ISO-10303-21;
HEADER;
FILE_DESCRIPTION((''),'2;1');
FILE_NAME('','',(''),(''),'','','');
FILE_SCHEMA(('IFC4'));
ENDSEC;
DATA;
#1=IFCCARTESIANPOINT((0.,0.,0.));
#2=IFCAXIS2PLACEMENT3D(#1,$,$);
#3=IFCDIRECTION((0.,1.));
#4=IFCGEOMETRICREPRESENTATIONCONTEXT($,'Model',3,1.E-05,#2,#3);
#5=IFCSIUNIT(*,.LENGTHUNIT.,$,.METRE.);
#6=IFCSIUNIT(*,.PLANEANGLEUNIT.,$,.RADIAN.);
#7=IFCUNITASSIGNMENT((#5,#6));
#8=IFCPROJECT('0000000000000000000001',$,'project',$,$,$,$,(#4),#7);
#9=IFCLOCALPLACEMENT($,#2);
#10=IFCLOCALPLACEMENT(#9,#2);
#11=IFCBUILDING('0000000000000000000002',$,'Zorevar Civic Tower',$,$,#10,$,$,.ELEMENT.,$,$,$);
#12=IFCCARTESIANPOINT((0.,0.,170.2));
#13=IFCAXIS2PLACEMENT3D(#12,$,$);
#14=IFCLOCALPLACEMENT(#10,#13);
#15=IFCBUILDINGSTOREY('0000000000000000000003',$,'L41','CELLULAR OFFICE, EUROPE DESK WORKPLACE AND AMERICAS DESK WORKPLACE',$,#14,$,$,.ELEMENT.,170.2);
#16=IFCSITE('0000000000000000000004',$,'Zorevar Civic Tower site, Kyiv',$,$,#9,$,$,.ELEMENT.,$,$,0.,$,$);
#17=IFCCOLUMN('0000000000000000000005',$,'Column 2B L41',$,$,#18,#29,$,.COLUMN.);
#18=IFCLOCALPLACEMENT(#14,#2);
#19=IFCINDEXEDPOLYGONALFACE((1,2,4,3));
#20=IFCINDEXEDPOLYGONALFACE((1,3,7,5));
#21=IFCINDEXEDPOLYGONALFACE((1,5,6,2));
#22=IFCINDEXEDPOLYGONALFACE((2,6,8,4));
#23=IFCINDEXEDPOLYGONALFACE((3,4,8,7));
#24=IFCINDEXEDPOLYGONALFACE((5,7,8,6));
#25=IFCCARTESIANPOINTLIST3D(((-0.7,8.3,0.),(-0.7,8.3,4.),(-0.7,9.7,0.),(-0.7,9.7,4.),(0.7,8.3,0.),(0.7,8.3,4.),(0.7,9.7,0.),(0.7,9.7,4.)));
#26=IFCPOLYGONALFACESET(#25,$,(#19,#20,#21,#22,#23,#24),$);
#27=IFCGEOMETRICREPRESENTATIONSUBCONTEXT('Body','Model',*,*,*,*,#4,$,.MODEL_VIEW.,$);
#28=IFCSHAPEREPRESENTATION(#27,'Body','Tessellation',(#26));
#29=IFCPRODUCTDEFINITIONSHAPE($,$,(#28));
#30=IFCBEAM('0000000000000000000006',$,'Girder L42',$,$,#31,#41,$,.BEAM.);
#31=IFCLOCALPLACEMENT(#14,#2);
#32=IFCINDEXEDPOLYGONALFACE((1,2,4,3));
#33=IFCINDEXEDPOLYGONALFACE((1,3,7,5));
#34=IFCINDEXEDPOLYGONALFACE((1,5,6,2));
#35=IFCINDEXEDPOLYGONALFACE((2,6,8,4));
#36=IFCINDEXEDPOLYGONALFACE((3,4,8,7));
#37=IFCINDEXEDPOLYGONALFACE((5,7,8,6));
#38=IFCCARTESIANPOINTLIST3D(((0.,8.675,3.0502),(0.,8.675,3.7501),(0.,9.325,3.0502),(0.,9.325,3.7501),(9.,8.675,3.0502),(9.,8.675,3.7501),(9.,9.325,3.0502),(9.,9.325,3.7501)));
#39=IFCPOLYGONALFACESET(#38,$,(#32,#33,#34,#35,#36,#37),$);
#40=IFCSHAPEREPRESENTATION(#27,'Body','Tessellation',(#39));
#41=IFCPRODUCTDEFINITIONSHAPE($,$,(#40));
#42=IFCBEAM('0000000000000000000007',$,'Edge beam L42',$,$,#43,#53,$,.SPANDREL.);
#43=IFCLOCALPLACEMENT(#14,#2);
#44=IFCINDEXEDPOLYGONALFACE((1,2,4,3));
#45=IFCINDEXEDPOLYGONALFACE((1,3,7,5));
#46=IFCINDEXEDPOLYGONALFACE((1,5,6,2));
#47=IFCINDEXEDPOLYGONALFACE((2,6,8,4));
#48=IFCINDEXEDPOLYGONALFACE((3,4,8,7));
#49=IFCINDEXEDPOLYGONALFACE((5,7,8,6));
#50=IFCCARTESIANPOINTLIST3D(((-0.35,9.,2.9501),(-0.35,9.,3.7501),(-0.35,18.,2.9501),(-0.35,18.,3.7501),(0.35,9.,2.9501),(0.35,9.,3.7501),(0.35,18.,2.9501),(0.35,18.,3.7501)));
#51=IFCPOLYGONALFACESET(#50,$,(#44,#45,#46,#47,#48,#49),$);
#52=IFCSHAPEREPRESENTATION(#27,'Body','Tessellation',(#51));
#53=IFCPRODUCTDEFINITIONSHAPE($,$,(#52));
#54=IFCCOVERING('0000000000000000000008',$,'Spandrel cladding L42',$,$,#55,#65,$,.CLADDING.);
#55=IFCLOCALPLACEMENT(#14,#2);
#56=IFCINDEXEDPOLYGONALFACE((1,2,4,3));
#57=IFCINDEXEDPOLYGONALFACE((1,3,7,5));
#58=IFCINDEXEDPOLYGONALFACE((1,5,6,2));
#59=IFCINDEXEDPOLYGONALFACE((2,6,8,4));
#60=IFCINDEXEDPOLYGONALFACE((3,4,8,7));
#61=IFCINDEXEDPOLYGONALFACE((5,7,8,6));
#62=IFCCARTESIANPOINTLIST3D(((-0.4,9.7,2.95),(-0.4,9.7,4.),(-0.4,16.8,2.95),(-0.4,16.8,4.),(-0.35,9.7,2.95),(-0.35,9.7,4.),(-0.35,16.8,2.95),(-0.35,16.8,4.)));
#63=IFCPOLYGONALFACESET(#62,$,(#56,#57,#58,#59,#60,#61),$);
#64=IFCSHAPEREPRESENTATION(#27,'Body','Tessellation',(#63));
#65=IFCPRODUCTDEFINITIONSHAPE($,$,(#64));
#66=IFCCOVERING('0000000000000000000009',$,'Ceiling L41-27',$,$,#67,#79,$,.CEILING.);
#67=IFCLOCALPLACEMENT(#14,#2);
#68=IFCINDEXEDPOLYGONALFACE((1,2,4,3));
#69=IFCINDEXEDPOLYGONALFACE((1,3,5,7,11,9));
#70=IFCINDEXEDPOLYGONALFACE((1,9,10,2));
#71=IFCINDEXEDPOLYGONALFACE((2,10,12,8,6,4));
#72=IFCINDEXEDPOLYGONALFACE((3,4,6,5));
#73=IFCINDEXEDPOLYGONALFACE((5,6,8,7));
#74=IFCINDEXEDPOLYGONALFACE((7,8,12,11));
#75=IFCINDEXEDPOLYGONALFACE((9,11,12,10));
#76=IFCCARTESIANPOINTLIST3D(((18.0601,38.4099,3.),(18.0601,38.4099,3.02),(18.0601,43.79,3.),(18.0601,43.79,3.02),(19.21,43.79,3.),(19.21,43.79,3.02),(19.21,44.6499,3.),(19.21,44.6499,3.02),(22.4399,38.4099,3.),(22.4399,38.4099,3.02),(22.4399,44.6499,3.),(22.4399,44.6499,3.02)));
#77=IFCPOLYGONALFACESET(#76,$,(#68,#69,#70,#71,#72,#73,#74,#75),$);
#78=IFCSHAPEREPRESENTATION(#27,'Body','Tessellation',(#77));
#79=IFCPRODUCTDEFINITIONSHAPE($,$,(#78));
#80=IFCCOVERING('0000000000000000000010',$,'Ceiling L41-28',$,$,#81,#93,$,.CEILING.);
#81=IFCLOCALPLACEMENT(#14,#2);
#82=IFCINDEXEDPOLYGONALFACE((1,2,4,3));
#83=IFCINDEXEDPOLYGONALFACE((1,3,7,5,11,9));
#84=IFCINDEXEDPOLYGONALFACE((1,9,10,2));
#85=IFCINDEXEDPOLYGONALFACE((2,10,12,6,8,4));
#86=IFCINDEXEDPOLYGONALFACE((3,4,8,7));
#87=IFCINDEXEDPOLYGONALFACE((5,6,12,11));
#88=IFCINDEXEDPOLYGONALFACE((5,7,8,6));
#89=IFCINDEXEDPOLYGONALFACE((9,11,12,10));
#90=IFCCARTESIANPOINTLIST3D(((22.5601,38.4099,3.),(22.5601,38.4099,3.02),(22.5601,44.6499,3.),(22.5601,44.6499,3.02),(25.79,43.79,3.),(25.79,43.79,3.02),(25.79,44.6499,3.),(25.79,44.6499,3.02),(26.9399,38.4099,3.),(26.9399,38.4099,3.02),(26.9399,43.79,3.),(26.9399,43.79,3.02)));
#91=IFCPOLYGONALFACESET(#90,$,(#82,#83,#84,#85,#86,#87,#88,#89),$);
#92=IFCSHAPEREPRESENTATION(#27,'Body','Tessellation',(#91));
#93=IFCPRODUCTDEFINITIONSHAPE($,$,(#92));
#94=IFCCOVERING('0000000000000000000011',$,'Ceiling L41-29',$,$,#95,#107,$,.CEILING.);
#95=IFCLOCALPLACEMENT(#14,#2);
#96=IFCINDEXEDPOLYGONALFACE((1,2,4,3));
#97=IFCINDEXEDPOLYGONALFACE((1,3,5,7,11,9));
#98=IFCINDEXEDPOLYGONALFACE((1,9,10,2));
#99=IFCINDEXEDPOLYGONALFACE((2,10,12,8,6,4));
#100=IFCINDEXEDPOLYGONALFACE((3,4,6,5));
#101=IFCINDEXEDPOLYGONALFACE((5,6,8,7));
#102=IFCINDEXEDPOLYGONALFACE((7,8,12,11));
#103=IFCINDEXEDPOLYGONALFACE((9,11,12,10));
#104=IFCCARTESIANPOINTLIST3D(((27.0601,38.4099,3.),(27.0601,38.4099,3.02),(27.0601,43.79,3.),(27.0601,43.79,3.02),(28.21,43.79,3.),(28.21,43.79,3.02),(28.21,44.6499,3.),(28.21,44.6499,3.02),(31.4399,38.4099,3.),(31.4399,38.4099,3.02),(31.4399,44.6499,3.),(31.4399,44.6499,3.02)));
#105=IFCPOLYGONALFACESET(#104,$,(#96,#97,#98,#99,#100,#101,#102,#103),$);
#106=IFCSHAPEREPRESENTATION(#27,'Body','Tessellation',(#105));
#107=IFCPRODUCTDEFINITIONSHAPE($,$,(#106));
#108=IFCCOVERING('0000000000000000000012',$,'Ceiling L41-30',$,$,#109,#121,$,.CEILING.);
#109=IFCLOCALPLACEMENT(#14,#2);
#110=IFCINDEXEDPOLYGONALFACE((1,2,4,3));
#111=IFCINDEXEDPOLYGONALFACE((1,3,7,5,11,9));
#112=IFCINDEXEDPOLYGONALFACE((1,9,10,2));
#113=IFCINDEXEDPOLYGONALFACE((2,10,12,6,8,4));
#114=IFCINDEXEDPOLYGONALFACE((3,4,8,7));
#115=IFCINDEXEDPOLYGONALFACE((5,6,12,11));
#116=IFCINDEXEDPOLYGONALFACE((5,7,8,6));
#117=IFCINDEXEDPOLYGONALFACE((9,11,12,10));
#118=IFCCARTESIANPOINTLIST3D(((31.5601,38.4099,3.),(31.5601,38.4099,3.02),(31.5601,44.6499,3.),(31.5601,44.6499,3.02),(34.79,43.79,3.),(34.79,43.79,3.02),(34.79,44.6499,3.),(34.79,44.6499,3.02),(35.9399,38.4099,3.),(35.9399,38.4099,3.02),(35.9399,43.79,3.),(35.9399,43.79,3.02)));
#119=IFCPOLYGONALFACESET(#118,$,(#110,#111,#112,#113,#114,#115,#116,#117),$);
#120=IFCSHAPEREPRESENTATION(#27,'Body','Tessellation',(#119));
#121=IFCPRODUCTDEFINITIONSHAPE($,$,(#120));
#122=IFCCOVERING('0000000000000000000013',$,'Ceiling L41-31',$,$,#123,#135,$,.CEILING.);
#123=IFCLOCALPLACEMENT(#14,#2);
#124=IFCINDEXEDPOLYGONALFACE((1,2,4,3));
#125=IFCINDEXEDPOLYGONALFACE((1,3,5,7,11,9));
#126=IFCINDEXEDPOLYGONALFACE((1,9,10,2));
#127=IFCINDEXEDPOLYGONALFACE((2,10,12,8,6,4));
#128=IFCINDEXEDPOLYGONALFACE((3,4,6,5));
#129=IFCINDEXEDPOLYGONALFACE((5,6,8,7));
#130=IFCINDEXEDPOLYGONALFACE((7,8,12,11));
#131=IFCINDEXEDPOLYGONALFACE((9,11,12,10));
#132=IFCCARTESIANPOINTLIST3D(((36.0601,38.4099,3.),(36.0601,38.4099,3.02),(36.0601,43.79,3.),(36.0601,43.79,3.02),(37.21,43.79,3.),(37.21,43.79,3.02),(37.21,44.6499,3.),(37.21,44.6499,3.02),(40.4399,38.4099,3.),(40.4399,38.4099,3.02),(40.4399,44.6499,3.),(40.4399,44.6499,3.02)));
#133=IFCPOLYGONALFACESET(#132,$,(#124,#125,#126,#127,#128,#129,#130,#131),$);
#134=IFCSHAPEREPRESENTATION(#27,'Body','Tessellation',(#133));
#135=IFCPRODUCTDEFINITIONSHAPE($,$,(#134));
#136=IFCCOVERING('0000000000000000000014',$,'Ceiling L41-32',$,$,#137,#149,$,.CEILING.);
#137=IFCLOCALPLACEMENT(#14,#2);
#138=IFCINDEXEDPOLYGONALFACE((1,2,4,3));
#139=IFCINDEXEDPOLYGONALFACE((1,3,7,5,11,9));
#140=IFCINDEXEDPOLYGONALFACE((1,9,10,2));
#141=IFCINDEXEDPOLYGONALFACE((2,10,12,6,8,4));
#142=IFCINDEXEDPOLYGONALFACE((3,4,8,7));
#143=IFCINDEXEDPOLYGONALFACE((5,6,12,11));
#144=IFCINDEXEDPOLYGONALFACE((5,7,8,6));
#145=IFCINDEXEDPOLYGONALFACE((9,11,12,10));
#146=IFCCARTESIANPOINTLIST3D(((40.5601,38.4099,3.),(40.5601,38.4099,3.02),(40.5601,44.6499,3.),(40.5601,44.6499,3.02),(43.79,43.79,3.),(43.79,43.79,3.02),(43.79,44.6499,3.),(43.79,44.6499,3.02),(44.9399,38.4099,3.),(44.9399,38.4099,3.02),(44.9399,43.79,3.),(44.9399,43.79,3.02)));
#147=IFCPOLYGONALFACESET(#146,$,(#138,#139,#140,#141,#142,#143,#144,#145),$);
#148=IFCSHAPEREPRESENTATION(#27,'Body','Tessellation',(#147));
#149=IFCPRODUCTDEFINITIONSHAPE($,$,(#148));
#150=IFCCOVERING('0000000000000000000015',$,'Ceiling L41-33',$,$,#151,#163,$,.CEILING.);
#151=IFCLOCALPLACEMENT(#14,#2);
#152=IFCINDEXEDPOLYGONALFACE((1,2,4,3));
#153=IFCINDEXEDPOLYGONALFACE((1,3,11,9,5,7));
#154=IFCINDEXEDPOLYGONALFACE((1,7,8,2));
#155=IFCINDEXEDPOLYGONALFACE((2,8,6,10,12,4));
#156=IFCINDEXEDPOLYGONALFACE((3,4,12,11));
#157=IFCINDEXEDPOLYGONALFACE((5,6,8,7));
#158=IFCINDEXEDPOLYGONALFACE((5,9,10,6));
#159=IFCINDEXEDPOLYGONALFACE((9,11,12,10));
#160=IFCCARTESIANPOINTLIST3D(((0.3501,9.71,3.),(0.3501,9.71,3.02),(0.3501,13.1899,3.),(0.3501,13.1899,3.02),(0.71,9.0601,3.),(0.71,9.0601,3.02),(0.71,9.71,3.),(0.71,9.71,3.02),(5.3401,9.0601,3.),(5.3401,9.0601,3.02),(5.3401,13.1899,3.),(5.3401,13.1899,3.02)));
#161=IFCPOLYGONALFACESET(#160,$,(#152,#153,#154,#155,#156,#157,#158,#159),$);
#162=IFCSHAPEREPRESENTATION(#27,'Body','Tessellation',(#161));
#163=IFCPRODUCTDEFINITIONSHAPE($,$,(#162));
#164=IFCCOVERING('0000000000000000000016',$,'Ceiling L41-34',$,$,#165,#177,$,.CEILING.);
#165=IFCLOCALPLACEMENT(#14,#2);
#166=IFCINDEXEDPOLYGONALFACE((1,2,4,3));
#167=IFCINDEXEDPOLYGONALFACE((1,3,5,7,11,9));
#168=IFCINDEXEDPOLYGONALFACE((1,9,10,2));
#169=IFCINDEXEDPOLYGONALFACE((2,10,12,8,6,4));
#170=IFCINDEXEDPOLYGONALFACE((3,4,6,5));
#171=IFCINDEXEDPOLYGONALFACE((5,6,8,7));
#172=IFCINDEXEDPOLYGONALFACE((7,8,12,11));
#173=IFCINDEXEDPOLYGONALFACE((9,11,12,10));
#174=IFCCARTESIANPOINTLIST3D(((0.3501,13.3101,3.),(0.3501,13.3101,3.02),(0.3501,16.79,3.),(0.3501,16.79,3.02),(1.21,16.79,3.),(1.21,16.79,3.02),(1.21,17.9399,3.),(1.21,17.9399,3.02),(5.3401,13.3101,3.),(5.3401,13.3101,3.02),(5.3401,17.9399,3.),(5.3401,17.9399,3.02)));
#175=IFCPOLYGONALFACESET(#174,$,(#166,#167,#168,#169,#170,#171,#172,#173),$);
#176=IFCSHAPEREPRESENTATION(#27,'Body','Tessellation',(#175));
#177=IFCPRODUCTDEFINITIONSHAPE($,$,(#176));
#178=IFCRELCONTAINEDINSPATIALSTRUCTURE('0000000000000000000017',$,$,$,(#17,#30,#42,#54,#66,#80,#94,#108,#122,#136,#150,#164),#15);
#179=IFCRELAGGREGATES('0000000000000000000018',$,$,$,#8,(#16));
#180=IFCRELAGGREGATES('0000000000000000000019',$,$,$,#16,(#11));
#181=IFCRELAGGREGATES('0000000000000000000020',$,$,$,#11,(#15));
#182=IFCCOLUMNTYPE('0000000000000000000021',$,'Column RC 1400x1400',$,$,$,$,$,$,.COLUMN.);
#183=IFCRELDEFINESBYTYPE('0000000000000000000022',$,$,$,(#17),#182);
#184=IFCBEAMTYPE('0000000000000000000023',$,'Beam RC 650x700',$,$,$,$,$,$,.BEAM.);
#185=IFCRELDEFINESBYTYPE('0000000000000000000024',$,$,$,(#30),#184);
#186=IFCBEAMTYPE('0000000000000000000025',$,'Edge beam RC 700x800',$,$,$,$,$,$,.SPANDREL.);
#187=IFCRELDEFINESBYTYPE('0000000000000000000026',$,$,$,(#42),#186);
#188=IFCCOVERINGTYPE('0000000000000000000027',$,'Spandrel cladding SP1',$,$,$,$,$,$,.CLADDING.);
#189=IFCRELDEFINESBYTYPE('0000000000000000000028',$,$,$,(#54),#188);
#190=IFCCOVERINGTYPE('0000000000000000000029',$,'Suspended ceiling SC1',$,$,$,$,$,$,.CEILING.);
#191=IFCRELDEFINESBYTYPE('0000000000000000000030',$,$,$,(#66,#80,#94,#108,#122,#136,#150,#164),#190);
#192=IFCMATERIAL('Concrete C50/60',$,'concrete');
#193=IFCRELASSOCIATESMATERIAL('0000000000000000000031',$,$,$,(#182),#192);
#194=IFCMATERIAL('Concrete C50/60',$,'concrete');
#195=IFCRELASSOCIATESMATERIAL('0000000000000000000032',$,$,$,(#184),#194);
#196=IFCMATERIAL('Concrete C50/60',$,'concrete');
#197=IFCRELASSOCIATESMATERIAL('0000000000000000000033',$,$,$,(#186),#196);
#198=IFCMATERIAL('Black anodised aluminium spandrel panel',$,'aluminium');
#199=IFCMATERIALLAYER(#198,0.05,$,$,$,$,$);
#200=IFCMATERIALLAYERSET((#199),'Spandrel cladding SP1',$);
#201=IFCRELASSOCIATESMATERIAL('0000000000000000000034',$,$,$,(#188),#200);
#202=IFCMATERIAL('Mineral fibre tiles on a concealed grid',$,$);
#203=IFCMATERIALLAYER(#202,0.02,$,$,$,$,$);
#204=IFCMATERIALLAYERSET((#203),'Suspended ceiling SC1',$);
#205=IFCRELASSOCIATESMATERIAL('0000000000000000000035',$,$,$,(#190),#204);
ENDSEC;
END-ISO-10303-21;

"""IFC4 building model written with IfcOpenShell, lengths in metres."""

from ifc_helpers import new_model, si_unit, direction, frame, frame_2d, origin, origin_2d, place, context, subcontext, project, spatial, polyline, rectangle, outline, extrude, material, layer, layer_set, material_profile, profile_set, type_object, element, save


model = new_model("IFC4")

# Units and contexts
model_context = context("Model", 3, precision=1e-05, world=origin(), true_north=direction((0.0, 1.0)))
body_context = subcontext(model_context, "Body", "Model", "MODEL_VIEW")
ifc_project = project(units=[si_unit("LENGTHUNIT", "METRE"), si_unit("PLANEANGLEUNIT", "RADIAN")], contexts=[model_context])

# Site, building, storey
site_placement = place(None, origin())
site = spatial("IfcSite", under=ifc_project, at=site_placement, Name="Zorevar Civic Tower site, Kyiv", CompositionType="ELEMENT", RefElevation=0.0)
building_placement = place(site_placement, origin())
building = spatial("IfcBuilding", under=site, at=building_placement, Name="Zorevar Civic Tower", CompositionType="ELEMENT")
storey_placement = place(building_placement, frame((0.0, 0.0, 170.2)))
storey = spatial("IfcBuildingStorey", under=building, at=storey_placement, Name="L41", Description="CELLULAR OFFICE, EUROPE DESK WORKPLACE AND AMERICAS DESK WORKPLACE", CompositionType="ELEMENT", Elevation=170.2)

# Column
ifc_material_1 = material(Name="Concrete C50/60", Category="concrete")
ifc_material_profile_1 = material_profile(ifc_material_1, rectangle(XDim=1.3999, YDim=1.3999, at=origin_2d()), Name="RC 1400x1400")
ifc_profile_set_1 = profile_set([ifc_material_profile_1], Name="Concrete C50/60")
column_type = type_object("IfcColumnType", Name="Column RC 1400x1400", PredefinedType="COLUMN", material=ifc_profile_set_1)
column_placement = place(storey_placement, frame((0.0, 9.0, 0.0), z_axis=(0.0, 0.0, 1.0), x_axis=(1.0, 0.0, 0.0)))
element("IfcColumn", 1, at=column_placement, inside=storey, type_object=column_type, Name="Column 2B L41", PredefinedType="COLUMN", context=body_context, shape_type="SweptSolid", body=[
    extrude(rectangle(XDim=1.3999, YDim=1.3999, at=origin_2d()), origin(), (0.0, 0.0, 1.0), 4.0),
])

# Beams
ifc_material_2 = material(Name="Concrete C50/60", Category="concrete")
ifc_material_profile_2 = material_profile(ifc_material_2, rectangle(XDim=0.6499, YDim=0.7, at=origin_2d()), Name="RC 650x700")
ifc_profile_set_2 = profile_set([ifc_material_profile_2], Name="Concrete C50/60")
beam_type_1 = type_object("IfcBeamType", Name="Beam RC 650x700", PredefinedType="BEAM", material=ifc_profile_set_2)
beam_1_placement = place(storey_placement, frame((0.0, 9.0, 3.4001), z_axis=(1.0, 0.0, 0.0), x_axis=(0.0, 1.0, 0.0)))
element("IfcBeam", 2, at=beam_1_placement, inside=storey, type_object=beam_type_1, Name="Girder L42", PredefinedType="BEAM", context=body_context, shape_type="SweptSolid", body=[
    extrude(rectangle(XDim=0.6499, YDim=0.7, at=origin_2d()), origin(), (0.0, 0.0, 1.0), 9.0),
])
ifc_material_3 = material(Name="Concrete C50/60", Category="concrete")
ifc_material_profile_3 = material_profile(ifc_material_3, rectangle(XDim=0.7, YDim=0.8, at=origin_2d()), Name="RC 700x800")
ifc_profile_set_3 = profile_set([ifc_material_profile_3], Name="Concrete C50/60")
beam_type_2 = type_object("IfcBeamType", Name="Edge beam RC 700x800", PredefinedType="SPANDREL", material=ifc_profile_set_3)
beam_2_placement = place(storey_placement, frame((0.0, 9.0, 3.3501), z_axis=(0.0, 1.0, 0.0), x_axis=(-1.0, 0.0, 0.0)))
element("IfcBeam", 3, at=beam_2_placement, inside=storey, type_object=beam_type_2, Name="Edge beam L42", PredefinedType="SPANDREL", context=body_context, shape_type="SweptSolid", body=[
    extrude(rectangle(XDim=0.7, YDim=0.8, at=origin_2d()), origin(), (0.0, 0.0, 1.0), 9.0),
])

# Coverings
ifc_material_4 = material(Name="Black anodised aluminium spandrel panel", Category="aluminium")
ifc_layer_1 = layer(ifc_material_4, 0.05)
ifc_layer_set_1 = layer_set([ifc_layer_1], Name="Spandrel cladding SP1")
covering_type_1 = type_object("IfcCoveringType", Name="Spandrel cladding SP1", PredefinedType="CLADDING", material=ifc_layer_set_1)
covering_1_placement = place(storey_placement, frame((-0.375, 9.7, 2.95), z_axis=(0.0, 0.0, 1.0), x_axis=(0.0, 1.0, 0.0)))
element("IfcCovering", 4, at=covering_1_placement, inside=storey, type_object=covering_type_1, Name="Spandrel cladding L42", PredefinedType="CLADDING", context=body_context, shape_type="SweptSolid", body=[
    extrude(rectangle(XDim=7.1001, YDim=0.05, at=frame_2d((3.55, 0.0))), origin(), (0.0, 0.0, 1.0), 1.05),
])
ifc_material_5 = material(Name="Mineral fibre tiles on a concealed grid")
ifc_layer_2 = layer(ifc_material_5, 0.02)
ifc_layer_set_2 = layer_set([ifc_layer_2], Name="Suspended ceiling SC1")
covering_type_2 = type_object("IfcCoveringType", Name="Suspended ceiling SC1", PredefinedType="CEILING", material=ifc_layer_set_2)
covering_2_placement = place(storey_placement, frame((0.0, 0.0, 3.0)))
element("IfcCovering", 5, at=covering_2_placement, inside=storey, type_object=covering_type_2, Name="Ceiling L41-27", PredefinedType="CEILING", context=body_context, shape_type="SweptSolid", body=[
    extrude(outline(polyline([(18.0601, 38.4099), (18.0601, 43.79), (19.21, 43.79), (19.21, 44.6499), (22.4399, 44.6499), (22.4399, 38.4099), (18.0601, 38.4099)])), origin(), (0.0, 0.0, 1.0), 0.02),
])
covering_3_placement = place(storey_placement, frame((0.0, 0.0, 3.0)))
element("IfcCovering", 6, at=covering_3_placement, inside=storey, type_object=covering_type_2, Name="Ceiling L41-28", PredefinedType="CEILING", context=body_context, shape_type="SweptSolid", body=[
    extrude(outline(polyline([(22.5601, 38.4099), (22.5601, 44.6499), (25.79, 44.6499), (25.79, 43.79), (26.9399, 43.79), (26.9399, 38.4099), (22.5601, 38.4099)])), origin(), (0.0, 0.0, 1.0), 0.02),
])
covering_4_placement = place(storey_placement, frame((0.0, 0.0, 3.0)))
element("IfcCovering", 7, at=covering_4_placement, inside=storey, type_object=covering_type_2, Name="Ceiling L41-29", PredefinedType="CEILING", context=body_context, shape_type="SweptSolid", body=[
    extrude(outline(polyline([(27.0601, 38.4099), (27.0601, 43.79), (28.21, 43.79), (28.21, 44.6499), (31.4399, 44.6499), (31.4399, 38.4099), (27.0601, 38.4099)])), origin(), (0.0, 0.0, 1.0), 0.02),
])
covering_5_placement = place(storey_placement, frame((0.0, 0.0, 3.0)))
element("IfcCovering", 8, at=covering_5_placement, inside=storey, type_object=covering_type_2, Name="Ceiling L41-30", PredefinedType="CEILING", context=body_context, shape_type="SweptSolid", body=[
    extrude(outline(polyline([(31.5601, 38.4099), (31.5601, 44.6499), (34.79, 44.6499), (34.79, 43.79), (35.9399, 43.79), (35.9399, 38.4099), (31.5601, 38.4099)])), origin(), (0.0, 0.0, 1.0), 0.02),
])
covering_6_placement = place(storey_placement, frame((0.0, 0.0, 3.0)))
element("IfcCovering", 9, at=covering_6_placement, inside=storey, type_object=covering_type_2, Name="Ceiling L41-31", PredefinedType="CEILING", context=body_context, shape_type="SweptSolid", body=[
    extrude(outline(polyline([(36.0601, 38.4099), (36.0601, 43.79), (37.21, 43.79), (37.21, 44.6499), (40.4399, 44.6499), (40.4399, 38.4099), (36.0601, 38.4099)])), origin(), (0.0, 0.0, 1.0), 0.02),
])
covering_7_placement = place(storey_placement, frame((0.0, 0.0, 3.0)))
element("IfcCovering", 10, at=covering_7_placement, inside=storey, type_object=covering_type_2, Name="Ceiling L41-32", PredefinedType="CEILING", context=body_context, shape_type="SweptSolid", body=[
    extrude(outline(polyline([(40.5601, 38.4099), (40.5601, 44.6499), (43.79, 44.6499), (43.79, 43.79), (44.9399, 43.79), (44.9399, 38.4099), (40.5601, 38.4099)])), origin(), (0.0, 0.0, 1.0), 0.02),
])
covering_8_placement = place(storey_placement, frame((0.0, 0.0, 3.0)))
element("IfcCovering", 11, at=covering_8_placement, inside=storey, type_object=covering_type_2, Name="Ceiling L41-33", PredefinedType="CEILING", context=body_context, shape_type="SweptSolid", body=[
    extrude(outline(polyline([(5.3401, 9.0601), (0.71, 9.0601), (0.71, 9.71), (0.3501, 9.71), (0.3501, 13.1899), (5.3401, 13.1899), (5.3401, 9.0601)])), origin(), (0.0, 0.0, 1.0), 0.02),
])
covering_9_placement = place(storey_placement, frame((0.0, 0.0, 3.0)))
element("IfcCovering", 12, at=covering_9_placement, inside=storey, type_object=covering_type_2, Name="Ceiling L41-34", PredefinedType="CEILING", context=body_context, shape_type="SweptSolid", body=[
    extrude(outline(polyline([(5.3401, 13.3101), (0.3501, 13.3101), (0.3501, 16.79), (1.21, 16.79), (1.21, 17.9399), (5.3401, 17.9399), (5.3401, 13.3101)])), origin(), (0.0, 0.0, 1.0), 0.02),
])

save(model, "model.ifc")
